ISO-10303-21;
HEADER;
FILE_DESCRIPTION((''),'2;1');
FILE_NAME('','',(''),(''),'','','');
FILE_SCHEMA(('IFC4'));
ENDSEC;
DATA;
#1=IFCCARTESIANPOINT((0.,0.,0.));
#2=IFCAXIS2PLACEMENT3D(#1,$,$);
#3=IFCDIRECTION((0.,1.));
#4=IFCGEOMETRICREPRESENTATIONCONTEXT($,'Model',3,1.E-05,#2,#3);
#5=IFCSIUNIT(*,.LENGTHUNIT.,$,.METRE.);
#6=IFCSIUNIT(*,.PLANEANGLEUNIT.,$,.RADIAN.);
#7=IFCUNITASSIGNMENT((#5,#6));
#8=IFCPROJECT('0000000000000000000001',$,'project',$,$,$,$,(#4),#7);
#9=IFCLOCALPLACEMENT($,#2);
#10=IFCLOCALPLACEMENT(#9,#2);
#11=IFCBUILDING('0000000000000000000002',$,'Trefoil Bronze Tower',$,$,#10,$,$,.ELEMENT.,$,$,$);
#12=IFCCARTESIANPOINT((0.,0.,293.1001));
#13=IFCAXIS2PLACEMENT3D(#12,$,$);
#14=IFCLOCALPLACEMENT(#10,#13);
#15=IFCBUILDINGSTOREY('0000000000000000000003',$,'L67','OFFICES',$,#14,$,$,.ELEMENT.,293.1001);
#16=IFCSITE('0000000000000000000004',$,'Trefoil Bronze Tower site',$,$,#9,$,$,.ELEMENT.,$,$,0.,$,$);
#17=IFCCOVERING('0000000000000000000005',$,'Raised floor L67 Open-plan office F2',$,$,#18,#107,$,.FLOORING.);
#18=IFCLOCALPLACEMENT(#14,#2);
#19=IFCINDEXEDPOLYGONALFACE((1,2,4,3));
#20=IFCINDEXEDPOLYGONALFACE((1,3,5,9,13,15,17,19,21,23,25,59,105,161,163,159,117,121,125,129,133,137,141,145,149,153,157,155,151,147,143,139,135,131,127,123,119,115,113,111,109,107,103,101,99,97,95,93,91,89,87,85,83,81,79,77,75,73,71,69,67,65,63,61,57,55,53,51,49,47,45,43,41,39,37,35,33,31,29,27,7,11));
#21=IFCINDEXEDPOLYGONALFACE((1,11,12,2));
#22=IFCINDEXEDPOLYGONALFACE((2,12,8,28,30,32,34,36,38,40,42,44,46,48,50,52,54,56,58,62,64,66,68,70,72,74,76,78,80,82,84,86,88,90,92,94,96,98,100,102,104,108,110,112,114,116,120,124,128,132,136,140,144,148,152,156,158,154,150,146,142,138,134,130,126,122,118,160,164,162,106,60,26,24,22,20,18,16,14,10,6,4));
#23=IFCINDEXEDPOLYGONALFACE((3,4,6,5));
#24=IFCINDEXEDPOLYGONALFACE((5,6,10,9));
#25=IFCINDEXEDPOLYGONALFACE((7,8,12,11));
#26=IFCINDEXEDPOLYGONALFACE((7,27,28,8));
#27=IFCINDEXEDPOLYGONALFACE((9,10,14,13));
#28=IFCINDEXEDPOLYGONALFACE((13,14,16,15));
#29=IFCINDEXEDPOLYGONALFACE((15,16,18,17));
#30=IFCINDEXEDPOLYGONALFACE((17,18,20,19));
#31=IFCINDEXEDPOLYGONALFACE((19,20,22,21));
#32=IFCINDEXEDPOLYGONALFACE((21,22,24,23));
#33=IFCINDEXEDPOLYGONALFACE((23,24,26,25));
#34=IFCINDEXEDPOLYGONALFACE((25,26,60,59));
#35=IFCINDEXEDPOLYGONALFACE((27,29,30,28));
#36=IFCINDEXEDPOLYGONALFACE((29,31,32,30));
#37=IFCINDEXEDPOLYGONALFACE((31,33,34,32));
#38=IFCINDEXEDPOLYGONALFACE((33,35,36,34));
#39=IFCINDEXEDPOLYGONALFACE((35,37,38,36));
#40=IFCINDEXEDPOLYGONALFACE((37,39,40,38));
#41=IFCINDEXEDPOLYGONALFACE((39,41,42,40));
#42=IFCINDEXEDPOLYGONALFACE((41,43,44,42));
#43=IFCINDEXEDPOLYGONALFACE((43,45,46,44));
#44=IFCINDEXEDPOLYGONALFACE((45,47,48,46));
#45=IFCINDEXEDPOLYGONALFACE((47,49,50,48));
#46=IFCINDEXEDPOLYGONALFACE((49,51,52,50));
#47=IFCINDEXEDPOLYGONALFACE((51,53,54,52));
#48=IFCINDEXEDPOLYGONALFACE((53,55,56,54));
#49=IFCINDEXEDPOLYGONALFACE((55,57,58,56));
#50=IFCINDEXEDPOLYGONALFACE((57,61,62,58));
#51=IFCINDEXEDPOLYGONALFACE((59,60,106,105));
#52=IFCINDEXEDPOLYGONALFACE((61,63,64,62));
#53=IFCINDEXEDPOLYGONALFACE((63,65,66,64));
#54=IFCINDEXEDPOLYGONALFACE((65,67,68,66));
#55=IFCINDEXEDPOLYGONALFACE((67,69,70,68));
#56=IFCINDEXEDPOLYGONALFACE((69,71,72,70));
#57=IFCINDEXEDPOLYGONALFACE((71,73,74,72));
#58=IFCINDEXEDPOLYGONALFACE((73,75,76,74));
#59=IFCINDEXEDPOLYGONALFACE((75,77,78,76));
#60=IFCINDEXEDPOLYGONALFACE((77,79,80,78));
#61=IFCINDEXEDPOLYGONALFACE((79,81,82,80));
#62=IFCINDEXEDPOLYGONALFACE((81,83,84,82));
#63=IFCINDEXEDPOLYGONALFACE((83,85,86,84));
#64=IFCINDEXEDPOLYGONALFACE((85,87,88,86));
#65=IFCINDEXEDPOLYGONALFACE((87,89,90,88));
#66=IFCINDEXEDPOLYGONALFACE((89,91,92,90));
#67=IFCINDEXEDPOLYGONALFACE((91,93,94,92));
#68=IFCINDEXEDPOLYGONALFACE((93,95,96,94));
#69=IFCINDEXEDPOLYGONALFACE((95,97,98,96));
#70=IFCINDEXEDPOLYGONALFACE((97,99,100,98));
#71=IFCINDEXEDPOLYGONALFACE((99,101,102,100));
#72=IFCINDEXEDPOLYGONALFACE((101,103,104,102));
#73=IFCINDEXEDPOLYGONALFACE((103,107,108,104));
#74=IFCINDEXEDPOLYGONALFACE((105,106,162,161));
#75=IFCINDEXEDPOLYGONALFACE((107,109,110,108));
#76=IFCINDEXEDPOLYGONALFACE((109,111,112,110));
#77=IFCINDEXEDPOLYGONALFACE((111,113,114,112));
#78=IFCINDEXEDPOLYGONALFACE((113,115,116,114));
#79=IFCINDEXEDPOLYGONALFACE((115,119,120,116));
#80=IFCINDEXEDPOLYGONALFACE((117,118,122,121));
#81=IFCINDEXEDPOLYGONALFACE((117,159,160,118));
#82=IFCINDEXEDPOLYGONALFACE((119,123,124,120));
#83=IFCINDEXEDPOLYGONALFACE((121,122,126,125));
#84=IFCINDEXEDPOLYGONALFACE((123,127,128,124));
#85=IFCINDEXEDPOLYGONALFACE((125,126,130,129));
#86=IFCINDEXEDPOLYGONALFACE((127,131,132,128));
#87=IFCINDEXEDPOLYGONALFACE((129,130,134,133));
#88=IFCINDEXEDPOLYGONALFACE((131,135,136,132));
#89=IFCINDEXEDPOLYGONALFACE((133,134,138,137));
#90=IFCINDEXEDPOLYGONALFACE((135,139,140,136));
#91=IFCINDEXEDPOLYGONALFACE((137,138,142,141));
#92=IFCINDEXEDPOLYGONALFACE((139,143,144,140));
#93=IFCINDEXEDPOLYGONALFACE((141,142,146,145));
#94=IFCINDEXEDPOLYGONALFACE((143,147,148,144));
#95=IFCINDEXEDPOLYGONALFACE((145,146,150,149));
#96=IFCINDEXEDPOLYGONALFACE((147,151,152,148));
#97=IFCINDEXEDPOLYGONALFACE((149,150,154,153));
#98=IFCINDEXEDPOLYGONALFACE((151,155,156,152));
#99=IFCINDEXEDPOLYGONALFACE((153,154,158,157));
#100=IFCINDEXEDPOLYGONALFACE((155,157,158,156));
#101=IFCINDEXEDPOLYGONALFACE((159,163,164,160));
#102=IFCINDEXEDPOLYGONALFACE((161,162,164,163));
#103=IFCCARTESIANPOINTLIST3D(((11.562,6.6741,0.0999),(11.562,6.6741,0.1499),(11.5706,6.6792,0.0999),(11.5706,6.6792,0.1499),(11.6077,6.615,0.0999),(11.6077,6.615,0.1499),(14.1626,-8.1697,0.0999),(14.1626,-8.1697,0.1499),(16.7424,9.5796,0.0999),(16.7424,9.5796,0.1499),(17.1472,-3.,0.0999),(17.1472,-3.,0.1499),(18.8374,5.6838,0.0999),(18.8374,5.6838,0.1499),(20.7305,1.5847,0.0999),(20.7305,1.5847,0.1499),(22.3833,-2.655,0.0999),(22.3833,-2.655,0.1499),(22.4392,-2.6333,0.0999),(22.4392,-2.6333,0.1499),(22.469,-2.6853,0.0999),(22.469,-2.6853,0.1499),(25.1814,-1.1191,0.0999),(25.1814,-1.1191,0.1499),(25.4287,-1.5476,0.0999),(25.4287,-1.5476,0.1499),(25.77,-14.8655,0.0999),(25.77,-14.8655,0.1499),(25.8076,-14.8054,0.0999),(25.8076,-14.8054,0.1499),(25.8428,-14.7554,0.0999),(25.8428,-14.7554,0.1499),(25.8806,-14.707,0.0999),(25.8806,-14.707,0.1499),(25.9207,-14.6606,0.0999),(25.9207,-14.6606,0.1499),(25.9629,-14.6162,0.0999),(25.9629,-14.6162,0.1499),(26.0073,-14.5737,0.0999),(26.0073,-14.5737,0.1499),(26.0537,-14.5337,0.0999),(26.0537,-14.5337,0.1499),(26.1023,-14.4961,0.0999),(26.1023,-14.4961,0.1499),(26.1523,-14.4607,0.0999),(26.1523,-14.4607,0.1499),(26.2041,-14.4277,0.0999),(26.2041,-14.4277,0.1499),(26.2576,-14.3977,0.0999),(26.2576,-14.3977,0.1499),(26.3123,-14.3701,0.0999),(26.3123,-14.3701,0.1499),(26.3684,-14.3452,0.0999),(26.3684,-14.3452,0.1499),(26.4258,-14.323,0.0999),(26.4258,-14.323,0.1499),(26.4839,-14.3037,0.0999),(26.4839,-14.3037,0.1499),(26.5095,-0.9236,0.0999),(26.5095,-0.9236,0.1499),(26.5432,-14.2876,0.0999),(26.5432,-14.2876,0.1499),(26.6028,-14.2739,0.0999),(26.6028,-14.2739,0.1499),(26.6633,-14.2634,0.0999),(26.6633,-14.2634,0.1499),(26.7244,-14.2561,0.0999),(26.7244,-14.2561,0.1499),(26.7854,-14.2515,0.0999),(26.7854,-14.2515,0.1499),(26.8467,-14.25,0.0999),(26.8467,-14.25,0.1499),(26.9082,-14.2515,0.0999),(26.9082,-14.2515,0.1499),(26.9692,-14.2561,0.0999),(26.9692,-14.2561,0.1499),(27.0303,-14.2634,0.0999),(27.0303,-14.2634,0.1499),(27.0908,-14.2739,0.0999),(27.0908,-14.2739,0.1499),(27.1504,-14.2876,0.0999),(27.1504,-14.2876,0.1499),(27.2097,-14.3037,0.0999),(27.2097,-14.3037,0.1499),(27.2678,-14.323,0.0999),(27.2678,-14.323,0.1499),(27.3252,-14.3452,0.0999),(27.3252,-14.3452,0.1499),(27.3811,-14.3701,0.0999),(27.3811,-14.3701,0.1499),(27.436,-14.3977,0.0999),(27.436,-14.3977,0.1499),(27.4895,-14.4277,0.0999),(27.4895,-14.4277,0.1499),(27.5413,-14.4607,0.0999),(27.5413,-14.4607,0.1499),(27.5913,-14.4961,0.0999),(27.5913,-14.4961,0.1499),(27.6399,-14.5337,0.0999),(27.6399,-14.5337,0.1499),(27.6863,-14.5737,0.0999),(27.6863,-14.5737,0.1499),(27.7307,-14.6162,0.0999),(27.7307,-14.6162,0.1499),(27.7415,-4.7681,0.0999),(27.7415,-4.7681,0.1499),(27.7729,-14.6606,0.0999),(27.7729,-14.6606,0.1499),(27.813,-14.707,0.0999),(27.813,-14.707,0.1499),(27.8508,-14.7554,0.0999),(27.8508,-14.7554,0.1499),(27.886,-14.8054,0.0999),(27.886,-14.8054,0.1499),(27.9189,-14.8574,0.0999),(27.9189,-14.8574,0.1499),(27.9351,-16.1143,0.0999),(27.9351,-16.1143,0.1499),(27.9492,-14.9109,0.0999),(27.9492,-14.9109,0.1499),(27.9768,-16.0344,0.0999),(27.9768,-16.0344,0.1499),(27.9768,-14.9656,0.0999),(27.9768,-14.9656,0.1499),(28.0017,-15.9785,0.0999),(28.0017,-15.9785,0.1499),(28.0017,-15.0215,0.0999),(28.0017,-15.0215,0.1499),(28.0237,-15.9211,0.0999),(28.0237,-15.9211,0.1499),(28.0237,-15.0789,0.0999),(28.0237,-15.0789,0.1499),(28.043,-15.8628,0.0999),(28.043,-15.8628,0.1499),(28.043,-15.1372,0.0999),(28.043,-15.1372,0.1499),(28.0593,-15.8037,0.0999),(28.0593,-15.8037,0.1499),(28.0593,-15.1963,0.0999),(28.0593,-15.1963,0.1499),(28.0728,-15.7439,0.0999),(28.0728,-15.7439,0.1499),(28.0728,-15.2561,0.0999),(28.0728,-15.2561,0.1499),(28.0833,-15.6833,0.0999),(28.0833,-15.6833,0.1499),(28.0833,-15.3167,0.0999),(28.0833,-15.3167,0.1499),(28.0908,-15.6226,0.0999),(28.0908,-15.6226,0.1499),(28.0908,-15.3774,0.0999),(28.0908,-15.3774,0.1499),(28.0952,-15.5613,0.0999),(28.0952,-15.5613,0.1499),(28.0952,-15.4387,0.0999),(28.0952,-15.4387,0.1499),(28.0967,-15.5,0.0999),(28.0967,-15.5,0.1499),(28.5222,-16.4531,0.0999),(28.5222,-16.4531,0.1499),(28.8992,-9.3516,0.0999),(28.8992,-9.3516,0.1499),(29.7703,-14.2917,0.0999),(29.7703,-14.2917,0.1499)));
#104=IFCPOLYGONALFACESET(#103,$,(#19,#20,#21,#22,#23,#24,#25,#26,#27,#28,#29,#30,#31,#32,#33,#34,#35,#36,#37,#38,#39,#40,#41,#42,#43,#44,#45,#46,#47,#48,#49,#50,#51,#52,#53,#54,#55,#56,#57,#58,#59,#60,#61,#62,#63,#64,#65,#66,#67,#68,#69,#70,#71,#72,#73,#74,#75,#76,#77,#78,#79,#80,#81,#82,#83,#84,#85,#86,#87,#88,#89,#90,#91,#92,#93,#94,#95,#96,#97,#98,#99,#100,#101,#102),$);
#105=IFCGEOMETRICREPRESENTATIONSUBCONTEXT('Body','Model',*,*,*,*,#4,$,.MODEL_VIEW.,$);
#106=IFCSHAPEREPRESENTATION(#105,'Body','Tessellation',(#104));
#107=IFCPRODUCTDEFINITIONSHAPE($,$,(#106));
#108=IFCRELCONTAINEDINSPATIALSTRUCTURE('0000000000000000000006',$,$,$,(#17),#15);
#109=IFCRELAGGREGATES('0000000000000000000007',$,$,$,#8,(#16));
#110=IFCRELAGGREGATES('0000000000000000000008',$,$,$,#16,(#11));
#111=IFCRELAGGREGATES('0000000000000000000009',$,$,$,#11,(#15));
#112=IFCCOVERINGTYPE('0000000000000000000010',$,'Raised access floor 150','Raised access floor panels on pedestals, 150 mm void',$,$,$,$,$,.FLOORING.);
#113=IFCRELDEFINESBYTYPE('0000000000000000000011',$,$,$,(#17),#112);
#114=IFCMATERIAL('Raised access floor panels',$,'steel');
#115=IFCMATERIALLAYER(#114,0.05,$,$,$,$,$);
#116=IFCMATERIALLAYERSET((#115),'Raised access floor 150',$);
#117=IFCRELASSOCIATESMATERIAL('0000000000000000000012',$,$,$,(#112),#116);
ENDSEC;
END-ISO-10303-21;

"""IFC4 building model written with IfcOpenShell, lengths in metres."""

from ifc_helpers import new_model, si_unit, direction, frame, origin, place, context, subcontext, project, spatial, polyline, outline, extrude, material, layer, layer_set, type_object, element, save


model = new_model("IFC4")

# Units and contexts
model_context = context("Model", 3, precision=1e-05, world=origin(), true_north=direction((0.0, 1.0)))
body_context = subcontext(model_context, "Body", "Model", "MODEL_VIEW")
ifc_project = project(units=[si_unit("LENGTHUNIT", "METRE"), si_unit("PLANEANGLEUNIT", "RADIAN")], contexts=[model_context])

# Site, building, storey
site_placement = place(None, origin())
site = spatial("IfcSite", under=ifc_project, at=site_placement, Name="Trefoil Bronze Tower site", CompositionType="ELEMENT", RefElevation=0.0)
building_placement = place(site_placement, origin())
building = spatial("IfcBuilding", under=site, at=building_placement, Name="Trefoil Bronze Tower", CompositionType="ELEMENT")
storey_placement = place(building_placement, frame((0.0, 0.0, 293.1001)))
storey = spatial("IfcBuildingStorey", under=building, at=storey_placement, Name="L67", Description="OFFICES", CompositionType="ELEMENT", Elevation=293.1001)

# Covering
ifc_material_1 = material(Name="Raised access floor panels", Category="steel")
ifc_layer_1 = layer(ifc_material_1, 0.05)
ifc_layer_set_1 = layer_set([ifc_layer_1], Name="Raised access floor 150")
covering_type_1 = type_object("IfcCoveringType", Name="Raised access floor 150", Description="Raised access floor panels on pedestals, 150 mm void", PredefinedType="FLOORING", material=ifc_layer_set_1)
covering_1_placement = place(storey_placement, frame((0.0, 0.0, 0.0999)))
element("IfcCovering", 1, at=covering_1_placement, inside=storey, type_object=covering_type_1, Name="Raised floor L67 Open-plan office F2", PredefinedType="FLOORING", context=body_context, shape_type="SweptSolid", body=[
    extrude(outline(polyline([(14.1626, -8.1697), (17.1472, -3.0), (11.562, 6.6741), (11.5706, 6.6792), (11.6077, 6.615), (16.7424, 9.5796), (18.8374, 5.6838), (20.7305, 1.5847), (22.3833, -2.655), (22.4392, -2.6333), (22.469, -2.6853), (25.1814, -1.1191), (25.4287, -1.5476), (26.5095, -0.9236), (27.7415, -4.7681), (28.8992, -9.3516), (29.7703, -14.2917), (28.5222, -16.4531), (27.9351, -16.1143), (27.9768, -16.0344), (28.0017, -15.9785), (28.0237, -15.9211), (28.043, -15.8628), (28.0593, -15.8037), (28.0728, -15.7439), (28.0833, -15.6833), (28.0908, -15.6226), (28.0952, -15.5613), (28.0967, -15.5), (28.0952, -15.4387), (28.0908, -15.3774), (28.0833, -15.3167), (28.0728, -15.2561), (28.0593, -15.1963), (28.043, -15.1372), (28.0237, -15.0789), (28.0017, -15.0215), (27.9768, -14.9656), (27.9492, -14.9109), (27.9189, -14.8574), (27.886, -14.8054), (27.8508, -14.7554), (27.813, -14.707), (27.7729, -14.6606), (27.7307, -14.6162), (27.6863, -14.5737), (27.6399, -14.5337), (27.5913, -14.4961), (27.5413, -14.4607), (27.4895, -14.4277), (27.436, -14.3977), (27.3811, -14.3701), (27.3252, -14.3452), (27.2678, -14.323), (27.2097, -14.3037), (27.1504, -14.2876), (27.0908, -14.2739), (27.0303, -14.2634), (26.9692, -14.2561), (26.9082, -14.2515), (26.8467, -14.25), (26.7854, -14.2515), (26.7244, -14.2561), (26.6633, -14.2634), (26.6028, -14.2739), (26.5432, -14.2876), (26.4839, -14.3037), (26.4258, -14.323), (26.3684, -14.3452), (26.3123, -14.3701), (26.2576, -14.3977), (26.2041, -14.4277), (26.1523, -14.4607), (26.1023, -14.4961), (26.0537, -14.5337), (26.0073, -14.5737), (25.9629, -14.6162), (25.9207, -14.6606), (25.8806, -14.707), (25.8428, -14.7554), (25.8076, -14.8054), (25.77, -14.8655), (14.1626, -8.1697)])), origin(), (0.0, 0.0, 1.0), 0.05),
])

save(model, "model.ifc")
